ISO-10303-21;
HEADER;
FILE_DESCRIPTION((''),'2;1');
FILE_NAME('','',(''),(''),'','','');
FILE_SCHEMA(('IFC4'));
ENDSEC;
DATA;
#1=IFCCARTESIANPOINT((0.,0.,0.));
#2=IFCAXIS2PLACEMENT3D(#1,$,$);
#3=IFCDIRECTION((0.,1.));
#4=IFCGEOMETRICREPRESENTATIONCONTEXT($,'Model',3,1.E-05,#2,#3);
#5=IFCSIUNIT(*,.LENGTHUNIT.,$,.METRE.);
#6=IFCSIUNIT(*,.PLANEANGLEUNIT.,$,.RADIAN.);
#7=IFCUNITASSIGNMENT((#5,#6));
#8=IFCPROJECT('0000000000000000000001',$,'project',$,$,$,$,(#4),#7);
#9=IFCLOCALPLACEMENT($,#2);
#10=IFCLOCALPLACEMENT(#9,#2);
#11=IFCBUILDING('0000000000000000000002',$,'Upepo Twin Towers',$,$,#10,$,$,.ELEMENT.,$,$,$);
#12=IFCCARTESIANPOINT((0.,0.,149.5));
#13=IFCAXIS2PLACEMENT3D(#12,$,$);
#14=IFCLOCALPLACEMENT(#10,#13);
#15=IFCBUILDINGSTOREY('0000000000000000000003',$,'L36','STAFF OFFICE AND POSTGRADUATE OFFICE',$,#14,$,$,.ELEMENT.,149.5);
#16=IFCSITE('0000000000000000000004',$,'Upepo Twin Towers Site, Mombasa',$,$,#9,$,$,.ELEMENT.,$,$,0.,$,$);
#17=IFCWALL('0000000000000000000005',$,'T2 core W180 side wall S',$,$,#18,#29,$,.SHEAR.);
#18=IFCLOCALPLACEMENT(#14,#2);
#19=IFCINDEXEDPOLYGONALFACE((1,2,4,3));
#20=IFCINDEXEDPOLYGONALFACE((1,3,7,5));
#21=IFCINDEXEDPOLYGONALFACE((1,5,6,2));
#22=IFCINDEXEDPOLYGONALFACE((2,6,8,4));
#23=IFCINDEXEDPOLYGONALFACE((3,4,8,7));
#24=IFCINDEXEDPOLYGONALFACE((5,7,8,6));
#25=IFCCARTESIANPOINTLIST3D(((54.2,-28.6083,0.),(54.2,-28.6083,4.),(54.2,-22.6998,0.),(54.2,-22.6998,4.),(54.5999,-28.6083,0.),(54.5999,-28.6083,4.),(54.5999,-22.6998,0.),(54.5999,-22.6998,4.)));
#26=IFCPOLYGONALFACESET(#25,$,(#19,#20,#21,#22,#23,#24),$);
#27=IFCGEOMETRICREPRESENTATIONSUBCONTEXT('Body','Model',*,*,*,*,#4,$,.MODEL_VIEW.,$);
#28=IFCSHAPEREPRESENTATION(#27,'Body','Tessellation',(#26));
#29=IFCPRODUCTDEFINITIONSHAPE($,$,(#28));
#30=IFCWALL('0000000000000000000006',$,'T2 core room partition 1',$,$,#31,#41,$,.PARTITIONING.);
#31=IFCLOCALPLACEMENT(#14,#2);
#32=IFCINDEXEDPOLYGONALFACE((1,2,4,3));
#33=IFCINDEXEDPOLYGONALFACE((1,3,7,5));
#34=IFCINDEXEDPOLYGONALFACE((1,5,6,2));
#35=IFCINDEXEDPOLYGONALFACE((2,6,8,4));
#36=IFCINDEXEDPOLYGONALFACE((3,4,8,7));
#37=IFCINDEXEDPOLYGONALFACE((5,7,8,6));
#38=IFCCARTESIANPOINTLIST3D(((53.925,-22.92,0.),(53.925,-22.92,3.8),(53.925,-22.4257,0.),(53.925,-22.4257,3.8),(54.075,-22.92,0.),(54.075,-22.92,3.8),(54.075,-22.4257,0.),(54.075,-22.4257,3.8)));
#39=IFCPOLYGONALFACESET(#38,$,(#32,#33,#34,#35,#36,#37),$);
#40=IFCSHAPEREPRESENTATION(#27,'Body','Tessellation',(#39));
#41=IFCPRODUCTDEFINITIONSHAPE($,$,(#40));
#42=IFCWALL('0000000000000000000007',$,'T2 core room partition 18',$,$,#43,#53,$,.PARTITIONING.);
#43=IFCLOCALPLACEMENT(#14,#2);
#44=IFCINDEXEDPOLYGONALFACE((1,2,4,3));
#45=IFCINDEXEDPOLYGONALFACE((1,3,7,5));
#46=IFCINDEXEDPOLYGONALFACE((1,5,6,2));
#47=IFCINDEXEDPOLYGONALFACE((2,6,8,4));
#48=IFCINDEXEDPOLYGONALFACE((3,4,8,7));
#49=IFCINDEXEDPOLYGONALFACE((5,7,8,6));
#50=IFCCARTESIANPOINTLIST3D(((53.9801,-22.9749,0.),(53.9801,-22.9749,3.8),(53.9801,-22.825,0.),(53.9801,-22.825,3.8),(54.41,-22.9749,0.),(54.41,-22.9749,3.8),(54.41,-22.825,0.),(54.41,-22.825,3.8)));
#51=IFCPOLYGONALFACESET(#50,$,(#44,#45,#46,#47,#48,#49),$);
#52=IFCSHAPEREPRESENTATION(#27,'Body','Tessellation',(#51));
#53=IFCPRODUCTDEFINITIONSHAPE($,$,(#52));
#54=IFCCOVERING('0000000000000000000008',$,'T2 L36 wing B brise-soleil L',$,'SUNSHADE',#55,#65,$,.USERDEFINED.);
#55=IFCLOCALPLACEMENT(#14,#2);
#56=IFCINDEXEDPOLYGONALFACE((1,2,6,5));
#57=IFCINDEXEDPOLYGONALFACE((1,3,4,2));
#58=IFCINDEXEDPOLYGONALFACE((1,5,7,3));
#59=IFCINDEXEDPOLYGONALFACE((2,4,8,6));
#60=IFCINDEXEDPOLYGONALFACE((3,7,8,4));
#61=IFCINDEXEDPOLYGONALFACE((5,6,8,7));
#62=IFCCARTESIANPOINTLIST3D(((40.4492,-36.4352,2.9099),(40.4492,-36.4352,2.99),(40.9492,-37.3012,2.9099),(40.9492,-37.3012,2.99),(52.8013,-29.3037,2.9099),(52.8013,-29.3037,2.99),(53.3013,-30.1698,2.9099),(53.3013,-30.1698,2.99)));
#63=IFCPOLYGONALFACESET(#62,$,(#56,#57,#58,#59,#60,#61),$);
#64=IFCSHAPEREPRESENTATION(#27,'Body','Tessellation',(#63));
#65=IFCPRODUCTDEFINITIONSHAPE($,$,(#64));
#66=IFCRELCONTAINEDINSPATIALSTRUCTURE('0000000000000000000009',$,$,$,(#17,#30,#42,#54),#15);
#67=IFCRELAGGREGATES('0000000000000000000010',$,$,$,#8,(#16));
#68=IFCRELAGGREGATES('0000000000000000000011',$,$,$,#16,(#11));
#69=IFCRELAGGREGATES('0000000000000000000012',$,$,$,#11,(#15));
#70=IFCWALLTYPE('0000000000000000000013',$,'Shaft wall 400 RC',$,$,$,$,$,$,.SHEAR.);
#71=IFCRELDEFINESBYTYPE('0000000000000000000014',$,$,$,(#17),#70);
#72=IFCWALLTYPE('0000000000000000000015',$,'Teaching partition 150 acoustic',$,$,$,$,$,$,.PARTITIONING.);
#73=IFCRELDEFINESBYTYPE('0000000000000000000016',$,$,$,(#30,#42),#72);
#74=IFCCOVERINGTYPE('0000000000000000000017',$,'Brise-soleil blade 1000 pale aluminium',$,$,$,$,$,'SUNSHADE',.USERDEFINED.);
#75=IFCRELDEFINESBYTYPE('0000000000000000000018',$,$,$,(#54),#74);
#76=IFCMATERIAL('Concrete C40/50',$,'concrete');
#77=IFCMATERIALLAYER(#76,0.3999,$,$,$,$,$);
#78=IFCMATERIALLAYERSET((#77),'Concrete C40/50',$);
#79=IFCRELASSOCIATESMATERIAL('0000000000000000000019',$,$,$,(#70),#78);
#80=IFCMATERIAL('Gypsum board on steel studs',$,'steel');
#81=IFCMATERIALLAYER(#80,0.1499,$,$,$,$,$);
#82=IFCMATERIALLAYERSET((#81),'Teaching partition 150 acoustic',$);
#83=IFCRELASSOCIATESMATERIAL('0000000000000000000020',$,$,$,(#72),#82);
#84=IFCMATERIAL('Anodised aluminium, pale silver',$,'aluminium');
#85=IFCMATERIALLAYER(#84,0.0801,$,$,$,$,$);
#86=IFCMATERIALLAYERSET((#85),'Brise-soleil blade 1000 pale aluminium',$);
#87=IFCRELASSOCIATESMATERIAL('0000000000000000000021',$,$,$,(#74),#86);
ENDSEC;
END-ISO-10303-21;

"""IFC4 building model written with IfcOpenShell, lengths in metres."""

from ifc_helpers import new_model, si_unit, direction, frame, frame_2d, origin, origin_2d, place, context, subcontext, project, spatial, rectangle, extrude, material, layer, layer_set, type_object, element, save


model = new_model("IFC4")

# Units and contexts
model_context = context("Model", 3, precision=1e-05, world=origin(), true_north=direction((0.0, 1.0)))
body_context = subcontext(model_context, "Body", "Model", "MODEL_VIEW")
ifc_project = project(units=[si_unit("LENGTHUNIT", "METRE"), si_unit("PLANEANGLEUNIT", "RADIAN")], contexts=[model_context])

# Site, building, storey
site_placement = place(None, origin())
site = spatial("IfcSite", under=ifc_project, at=site_placement, Name="Upepo Twin Towers Site, Mombasa", CompositionType="ELEMENT", RefElevation=0.0)
building_placement = place(site_placement, origin())
building = spatial("IfcBuilding", under=site, at=building_placement, Name="Upepo Twin Towers", CompositionType="ELEMENT")
storey_placement = place(building_placement, frame((0.0, 0.0, 149.5)))
storey = spatial("IfcBuildingStorey", under=building, at=storey_placement, Name="L36", Description="STAFF OFFICE AND POSTGRADUATE OFFICE", CompositionType="ELEMENT", Elevation=149.5)

# Walls
ifc_material_1 = material(Name="Concrete C40/50", Category="concrete")
ifc_layer_1 = layer(ifc_material_1, 0.3999)
ifc_layer_set_1 = layer_set([ifc_layer_1], Name="Concrete C40/50")
wall_type_1 = type_object("IfcWallType", Name="Shaft wall 400 RC", PredefinedType="SHEAR", material=ifc_layer_set_1)
wall_1_placement = place(storey_placement, frame((54.3999, -22.7, 0.0), z_axis=(0.0, 0.0, 1.0), x_axis=(0.0, -1.0, 0.0)))
element("IfcWall", 1, at=wall_1_placement, inside=storey, type_object=wall_type_1, Name="T2 core W180 side wall S", PredefinedType="SHEAR", context=body_context, shape_type="SweptSolid", body=[
    extrude(rectangle(XDim=5.9084, YDim=0.3999, at=frame_2d((2.9541, 0.0))), origin(), (0.0, 0.0, 1.0), 4.0),
])
ifc_material_2 = material(Name="Gypsum board on steel studs", Category="steel")
ifc_layer_2 = layer(ifc_material_2, 0.1499)
ifc_layer_set_2 = layer_set([ifc_layer_2], Name="Teaching partition 150 acoustic")
wall_type_2 = type_object("IfcWallType", Name="Teaching partition 150 acoustic", PredefinedType="PARTITIONING", material=ifc_layer_set_2)
wall_2_placement = place(storey_placement, frame((54.0, -22.9199, 0.0), z_axis=(0.0, 0.0, 1.0), x_axis=(0.0, 1.0, 0.0)))
element("IfcWall", 2, at=wall_2_placement, inside=storey, type_object=wall_type_2, Name="T2 core room partition 1", PredefinedType="PARTITIONING", context=body_context, shape_type="SweptSolid", body=[
    extrude(rectangle(XDim=0.4944, YDim=0.1499, at=frame_2d((0.2471, 0.0))), origin(), (0.0, 0.0, 1.0), 3.8),
])
wall_3_placement = place(storey_placement, frame((54.4099, -22.8999, 0.0), z_axis=(0.0, 0.0, 1.0), x_axis=(-1.0, 0.0, 0.0)))
element("IfcWall", 3, at=wall_3_placement, inside=storey, type_object=wall_type_2, Name="T2 core room partition 18", PredefinedType="PARTITIONING", context=body_context, shape_type="SweptSolid", body=[
    extrude(rectangle(XDim=0.4299, YDim=0.1499, at=frame_2d((0.2148, 0.0))), origin(), (0.0, 0.0, 1.0), 3.8),
])

# Covering
ifc_material_3 = material(Name="Anodised aluminium, pale silver", Category="aluminium")
ifc_layer_3 = layer(ifc_material_3, 0.0801)
ifc_layer_set_3 = layer_set([ifc_layer_3], Name="Brise-soleil blade 1000 pale aluminium")
covering_type = type_object("IfcCoveringType", Name="Brise-soleil blade 1000 pale aluminium", ElementType="SUNSHADE", PredefinedType="USERDEFINED", material=ifc_layer_set_3)
covering_placement = place(storey_placement, frame((46.8752, -33.3025, 2.9099), z_axis=(0.0, 0.0, 1.0), x_axis=(-0.866025, -0.5, 0.0)))
element("IfcCovering", 4, at=covering_placement, inside=storey, type_object=covering_type, Name="T2 L36 wing B brise-soleil L", ObjectType="SUNSHADE", PredefinedType="USERDEFINED", context=body_context, shape_type="SweptSolid", body=[
    extrude(rectangle(XDim=14.2629, YDim=1.0, at=origin_2d()), origin(), (0.0, 0.0, 1.0), 0.0801),
])

save(model, "model.ifc")
